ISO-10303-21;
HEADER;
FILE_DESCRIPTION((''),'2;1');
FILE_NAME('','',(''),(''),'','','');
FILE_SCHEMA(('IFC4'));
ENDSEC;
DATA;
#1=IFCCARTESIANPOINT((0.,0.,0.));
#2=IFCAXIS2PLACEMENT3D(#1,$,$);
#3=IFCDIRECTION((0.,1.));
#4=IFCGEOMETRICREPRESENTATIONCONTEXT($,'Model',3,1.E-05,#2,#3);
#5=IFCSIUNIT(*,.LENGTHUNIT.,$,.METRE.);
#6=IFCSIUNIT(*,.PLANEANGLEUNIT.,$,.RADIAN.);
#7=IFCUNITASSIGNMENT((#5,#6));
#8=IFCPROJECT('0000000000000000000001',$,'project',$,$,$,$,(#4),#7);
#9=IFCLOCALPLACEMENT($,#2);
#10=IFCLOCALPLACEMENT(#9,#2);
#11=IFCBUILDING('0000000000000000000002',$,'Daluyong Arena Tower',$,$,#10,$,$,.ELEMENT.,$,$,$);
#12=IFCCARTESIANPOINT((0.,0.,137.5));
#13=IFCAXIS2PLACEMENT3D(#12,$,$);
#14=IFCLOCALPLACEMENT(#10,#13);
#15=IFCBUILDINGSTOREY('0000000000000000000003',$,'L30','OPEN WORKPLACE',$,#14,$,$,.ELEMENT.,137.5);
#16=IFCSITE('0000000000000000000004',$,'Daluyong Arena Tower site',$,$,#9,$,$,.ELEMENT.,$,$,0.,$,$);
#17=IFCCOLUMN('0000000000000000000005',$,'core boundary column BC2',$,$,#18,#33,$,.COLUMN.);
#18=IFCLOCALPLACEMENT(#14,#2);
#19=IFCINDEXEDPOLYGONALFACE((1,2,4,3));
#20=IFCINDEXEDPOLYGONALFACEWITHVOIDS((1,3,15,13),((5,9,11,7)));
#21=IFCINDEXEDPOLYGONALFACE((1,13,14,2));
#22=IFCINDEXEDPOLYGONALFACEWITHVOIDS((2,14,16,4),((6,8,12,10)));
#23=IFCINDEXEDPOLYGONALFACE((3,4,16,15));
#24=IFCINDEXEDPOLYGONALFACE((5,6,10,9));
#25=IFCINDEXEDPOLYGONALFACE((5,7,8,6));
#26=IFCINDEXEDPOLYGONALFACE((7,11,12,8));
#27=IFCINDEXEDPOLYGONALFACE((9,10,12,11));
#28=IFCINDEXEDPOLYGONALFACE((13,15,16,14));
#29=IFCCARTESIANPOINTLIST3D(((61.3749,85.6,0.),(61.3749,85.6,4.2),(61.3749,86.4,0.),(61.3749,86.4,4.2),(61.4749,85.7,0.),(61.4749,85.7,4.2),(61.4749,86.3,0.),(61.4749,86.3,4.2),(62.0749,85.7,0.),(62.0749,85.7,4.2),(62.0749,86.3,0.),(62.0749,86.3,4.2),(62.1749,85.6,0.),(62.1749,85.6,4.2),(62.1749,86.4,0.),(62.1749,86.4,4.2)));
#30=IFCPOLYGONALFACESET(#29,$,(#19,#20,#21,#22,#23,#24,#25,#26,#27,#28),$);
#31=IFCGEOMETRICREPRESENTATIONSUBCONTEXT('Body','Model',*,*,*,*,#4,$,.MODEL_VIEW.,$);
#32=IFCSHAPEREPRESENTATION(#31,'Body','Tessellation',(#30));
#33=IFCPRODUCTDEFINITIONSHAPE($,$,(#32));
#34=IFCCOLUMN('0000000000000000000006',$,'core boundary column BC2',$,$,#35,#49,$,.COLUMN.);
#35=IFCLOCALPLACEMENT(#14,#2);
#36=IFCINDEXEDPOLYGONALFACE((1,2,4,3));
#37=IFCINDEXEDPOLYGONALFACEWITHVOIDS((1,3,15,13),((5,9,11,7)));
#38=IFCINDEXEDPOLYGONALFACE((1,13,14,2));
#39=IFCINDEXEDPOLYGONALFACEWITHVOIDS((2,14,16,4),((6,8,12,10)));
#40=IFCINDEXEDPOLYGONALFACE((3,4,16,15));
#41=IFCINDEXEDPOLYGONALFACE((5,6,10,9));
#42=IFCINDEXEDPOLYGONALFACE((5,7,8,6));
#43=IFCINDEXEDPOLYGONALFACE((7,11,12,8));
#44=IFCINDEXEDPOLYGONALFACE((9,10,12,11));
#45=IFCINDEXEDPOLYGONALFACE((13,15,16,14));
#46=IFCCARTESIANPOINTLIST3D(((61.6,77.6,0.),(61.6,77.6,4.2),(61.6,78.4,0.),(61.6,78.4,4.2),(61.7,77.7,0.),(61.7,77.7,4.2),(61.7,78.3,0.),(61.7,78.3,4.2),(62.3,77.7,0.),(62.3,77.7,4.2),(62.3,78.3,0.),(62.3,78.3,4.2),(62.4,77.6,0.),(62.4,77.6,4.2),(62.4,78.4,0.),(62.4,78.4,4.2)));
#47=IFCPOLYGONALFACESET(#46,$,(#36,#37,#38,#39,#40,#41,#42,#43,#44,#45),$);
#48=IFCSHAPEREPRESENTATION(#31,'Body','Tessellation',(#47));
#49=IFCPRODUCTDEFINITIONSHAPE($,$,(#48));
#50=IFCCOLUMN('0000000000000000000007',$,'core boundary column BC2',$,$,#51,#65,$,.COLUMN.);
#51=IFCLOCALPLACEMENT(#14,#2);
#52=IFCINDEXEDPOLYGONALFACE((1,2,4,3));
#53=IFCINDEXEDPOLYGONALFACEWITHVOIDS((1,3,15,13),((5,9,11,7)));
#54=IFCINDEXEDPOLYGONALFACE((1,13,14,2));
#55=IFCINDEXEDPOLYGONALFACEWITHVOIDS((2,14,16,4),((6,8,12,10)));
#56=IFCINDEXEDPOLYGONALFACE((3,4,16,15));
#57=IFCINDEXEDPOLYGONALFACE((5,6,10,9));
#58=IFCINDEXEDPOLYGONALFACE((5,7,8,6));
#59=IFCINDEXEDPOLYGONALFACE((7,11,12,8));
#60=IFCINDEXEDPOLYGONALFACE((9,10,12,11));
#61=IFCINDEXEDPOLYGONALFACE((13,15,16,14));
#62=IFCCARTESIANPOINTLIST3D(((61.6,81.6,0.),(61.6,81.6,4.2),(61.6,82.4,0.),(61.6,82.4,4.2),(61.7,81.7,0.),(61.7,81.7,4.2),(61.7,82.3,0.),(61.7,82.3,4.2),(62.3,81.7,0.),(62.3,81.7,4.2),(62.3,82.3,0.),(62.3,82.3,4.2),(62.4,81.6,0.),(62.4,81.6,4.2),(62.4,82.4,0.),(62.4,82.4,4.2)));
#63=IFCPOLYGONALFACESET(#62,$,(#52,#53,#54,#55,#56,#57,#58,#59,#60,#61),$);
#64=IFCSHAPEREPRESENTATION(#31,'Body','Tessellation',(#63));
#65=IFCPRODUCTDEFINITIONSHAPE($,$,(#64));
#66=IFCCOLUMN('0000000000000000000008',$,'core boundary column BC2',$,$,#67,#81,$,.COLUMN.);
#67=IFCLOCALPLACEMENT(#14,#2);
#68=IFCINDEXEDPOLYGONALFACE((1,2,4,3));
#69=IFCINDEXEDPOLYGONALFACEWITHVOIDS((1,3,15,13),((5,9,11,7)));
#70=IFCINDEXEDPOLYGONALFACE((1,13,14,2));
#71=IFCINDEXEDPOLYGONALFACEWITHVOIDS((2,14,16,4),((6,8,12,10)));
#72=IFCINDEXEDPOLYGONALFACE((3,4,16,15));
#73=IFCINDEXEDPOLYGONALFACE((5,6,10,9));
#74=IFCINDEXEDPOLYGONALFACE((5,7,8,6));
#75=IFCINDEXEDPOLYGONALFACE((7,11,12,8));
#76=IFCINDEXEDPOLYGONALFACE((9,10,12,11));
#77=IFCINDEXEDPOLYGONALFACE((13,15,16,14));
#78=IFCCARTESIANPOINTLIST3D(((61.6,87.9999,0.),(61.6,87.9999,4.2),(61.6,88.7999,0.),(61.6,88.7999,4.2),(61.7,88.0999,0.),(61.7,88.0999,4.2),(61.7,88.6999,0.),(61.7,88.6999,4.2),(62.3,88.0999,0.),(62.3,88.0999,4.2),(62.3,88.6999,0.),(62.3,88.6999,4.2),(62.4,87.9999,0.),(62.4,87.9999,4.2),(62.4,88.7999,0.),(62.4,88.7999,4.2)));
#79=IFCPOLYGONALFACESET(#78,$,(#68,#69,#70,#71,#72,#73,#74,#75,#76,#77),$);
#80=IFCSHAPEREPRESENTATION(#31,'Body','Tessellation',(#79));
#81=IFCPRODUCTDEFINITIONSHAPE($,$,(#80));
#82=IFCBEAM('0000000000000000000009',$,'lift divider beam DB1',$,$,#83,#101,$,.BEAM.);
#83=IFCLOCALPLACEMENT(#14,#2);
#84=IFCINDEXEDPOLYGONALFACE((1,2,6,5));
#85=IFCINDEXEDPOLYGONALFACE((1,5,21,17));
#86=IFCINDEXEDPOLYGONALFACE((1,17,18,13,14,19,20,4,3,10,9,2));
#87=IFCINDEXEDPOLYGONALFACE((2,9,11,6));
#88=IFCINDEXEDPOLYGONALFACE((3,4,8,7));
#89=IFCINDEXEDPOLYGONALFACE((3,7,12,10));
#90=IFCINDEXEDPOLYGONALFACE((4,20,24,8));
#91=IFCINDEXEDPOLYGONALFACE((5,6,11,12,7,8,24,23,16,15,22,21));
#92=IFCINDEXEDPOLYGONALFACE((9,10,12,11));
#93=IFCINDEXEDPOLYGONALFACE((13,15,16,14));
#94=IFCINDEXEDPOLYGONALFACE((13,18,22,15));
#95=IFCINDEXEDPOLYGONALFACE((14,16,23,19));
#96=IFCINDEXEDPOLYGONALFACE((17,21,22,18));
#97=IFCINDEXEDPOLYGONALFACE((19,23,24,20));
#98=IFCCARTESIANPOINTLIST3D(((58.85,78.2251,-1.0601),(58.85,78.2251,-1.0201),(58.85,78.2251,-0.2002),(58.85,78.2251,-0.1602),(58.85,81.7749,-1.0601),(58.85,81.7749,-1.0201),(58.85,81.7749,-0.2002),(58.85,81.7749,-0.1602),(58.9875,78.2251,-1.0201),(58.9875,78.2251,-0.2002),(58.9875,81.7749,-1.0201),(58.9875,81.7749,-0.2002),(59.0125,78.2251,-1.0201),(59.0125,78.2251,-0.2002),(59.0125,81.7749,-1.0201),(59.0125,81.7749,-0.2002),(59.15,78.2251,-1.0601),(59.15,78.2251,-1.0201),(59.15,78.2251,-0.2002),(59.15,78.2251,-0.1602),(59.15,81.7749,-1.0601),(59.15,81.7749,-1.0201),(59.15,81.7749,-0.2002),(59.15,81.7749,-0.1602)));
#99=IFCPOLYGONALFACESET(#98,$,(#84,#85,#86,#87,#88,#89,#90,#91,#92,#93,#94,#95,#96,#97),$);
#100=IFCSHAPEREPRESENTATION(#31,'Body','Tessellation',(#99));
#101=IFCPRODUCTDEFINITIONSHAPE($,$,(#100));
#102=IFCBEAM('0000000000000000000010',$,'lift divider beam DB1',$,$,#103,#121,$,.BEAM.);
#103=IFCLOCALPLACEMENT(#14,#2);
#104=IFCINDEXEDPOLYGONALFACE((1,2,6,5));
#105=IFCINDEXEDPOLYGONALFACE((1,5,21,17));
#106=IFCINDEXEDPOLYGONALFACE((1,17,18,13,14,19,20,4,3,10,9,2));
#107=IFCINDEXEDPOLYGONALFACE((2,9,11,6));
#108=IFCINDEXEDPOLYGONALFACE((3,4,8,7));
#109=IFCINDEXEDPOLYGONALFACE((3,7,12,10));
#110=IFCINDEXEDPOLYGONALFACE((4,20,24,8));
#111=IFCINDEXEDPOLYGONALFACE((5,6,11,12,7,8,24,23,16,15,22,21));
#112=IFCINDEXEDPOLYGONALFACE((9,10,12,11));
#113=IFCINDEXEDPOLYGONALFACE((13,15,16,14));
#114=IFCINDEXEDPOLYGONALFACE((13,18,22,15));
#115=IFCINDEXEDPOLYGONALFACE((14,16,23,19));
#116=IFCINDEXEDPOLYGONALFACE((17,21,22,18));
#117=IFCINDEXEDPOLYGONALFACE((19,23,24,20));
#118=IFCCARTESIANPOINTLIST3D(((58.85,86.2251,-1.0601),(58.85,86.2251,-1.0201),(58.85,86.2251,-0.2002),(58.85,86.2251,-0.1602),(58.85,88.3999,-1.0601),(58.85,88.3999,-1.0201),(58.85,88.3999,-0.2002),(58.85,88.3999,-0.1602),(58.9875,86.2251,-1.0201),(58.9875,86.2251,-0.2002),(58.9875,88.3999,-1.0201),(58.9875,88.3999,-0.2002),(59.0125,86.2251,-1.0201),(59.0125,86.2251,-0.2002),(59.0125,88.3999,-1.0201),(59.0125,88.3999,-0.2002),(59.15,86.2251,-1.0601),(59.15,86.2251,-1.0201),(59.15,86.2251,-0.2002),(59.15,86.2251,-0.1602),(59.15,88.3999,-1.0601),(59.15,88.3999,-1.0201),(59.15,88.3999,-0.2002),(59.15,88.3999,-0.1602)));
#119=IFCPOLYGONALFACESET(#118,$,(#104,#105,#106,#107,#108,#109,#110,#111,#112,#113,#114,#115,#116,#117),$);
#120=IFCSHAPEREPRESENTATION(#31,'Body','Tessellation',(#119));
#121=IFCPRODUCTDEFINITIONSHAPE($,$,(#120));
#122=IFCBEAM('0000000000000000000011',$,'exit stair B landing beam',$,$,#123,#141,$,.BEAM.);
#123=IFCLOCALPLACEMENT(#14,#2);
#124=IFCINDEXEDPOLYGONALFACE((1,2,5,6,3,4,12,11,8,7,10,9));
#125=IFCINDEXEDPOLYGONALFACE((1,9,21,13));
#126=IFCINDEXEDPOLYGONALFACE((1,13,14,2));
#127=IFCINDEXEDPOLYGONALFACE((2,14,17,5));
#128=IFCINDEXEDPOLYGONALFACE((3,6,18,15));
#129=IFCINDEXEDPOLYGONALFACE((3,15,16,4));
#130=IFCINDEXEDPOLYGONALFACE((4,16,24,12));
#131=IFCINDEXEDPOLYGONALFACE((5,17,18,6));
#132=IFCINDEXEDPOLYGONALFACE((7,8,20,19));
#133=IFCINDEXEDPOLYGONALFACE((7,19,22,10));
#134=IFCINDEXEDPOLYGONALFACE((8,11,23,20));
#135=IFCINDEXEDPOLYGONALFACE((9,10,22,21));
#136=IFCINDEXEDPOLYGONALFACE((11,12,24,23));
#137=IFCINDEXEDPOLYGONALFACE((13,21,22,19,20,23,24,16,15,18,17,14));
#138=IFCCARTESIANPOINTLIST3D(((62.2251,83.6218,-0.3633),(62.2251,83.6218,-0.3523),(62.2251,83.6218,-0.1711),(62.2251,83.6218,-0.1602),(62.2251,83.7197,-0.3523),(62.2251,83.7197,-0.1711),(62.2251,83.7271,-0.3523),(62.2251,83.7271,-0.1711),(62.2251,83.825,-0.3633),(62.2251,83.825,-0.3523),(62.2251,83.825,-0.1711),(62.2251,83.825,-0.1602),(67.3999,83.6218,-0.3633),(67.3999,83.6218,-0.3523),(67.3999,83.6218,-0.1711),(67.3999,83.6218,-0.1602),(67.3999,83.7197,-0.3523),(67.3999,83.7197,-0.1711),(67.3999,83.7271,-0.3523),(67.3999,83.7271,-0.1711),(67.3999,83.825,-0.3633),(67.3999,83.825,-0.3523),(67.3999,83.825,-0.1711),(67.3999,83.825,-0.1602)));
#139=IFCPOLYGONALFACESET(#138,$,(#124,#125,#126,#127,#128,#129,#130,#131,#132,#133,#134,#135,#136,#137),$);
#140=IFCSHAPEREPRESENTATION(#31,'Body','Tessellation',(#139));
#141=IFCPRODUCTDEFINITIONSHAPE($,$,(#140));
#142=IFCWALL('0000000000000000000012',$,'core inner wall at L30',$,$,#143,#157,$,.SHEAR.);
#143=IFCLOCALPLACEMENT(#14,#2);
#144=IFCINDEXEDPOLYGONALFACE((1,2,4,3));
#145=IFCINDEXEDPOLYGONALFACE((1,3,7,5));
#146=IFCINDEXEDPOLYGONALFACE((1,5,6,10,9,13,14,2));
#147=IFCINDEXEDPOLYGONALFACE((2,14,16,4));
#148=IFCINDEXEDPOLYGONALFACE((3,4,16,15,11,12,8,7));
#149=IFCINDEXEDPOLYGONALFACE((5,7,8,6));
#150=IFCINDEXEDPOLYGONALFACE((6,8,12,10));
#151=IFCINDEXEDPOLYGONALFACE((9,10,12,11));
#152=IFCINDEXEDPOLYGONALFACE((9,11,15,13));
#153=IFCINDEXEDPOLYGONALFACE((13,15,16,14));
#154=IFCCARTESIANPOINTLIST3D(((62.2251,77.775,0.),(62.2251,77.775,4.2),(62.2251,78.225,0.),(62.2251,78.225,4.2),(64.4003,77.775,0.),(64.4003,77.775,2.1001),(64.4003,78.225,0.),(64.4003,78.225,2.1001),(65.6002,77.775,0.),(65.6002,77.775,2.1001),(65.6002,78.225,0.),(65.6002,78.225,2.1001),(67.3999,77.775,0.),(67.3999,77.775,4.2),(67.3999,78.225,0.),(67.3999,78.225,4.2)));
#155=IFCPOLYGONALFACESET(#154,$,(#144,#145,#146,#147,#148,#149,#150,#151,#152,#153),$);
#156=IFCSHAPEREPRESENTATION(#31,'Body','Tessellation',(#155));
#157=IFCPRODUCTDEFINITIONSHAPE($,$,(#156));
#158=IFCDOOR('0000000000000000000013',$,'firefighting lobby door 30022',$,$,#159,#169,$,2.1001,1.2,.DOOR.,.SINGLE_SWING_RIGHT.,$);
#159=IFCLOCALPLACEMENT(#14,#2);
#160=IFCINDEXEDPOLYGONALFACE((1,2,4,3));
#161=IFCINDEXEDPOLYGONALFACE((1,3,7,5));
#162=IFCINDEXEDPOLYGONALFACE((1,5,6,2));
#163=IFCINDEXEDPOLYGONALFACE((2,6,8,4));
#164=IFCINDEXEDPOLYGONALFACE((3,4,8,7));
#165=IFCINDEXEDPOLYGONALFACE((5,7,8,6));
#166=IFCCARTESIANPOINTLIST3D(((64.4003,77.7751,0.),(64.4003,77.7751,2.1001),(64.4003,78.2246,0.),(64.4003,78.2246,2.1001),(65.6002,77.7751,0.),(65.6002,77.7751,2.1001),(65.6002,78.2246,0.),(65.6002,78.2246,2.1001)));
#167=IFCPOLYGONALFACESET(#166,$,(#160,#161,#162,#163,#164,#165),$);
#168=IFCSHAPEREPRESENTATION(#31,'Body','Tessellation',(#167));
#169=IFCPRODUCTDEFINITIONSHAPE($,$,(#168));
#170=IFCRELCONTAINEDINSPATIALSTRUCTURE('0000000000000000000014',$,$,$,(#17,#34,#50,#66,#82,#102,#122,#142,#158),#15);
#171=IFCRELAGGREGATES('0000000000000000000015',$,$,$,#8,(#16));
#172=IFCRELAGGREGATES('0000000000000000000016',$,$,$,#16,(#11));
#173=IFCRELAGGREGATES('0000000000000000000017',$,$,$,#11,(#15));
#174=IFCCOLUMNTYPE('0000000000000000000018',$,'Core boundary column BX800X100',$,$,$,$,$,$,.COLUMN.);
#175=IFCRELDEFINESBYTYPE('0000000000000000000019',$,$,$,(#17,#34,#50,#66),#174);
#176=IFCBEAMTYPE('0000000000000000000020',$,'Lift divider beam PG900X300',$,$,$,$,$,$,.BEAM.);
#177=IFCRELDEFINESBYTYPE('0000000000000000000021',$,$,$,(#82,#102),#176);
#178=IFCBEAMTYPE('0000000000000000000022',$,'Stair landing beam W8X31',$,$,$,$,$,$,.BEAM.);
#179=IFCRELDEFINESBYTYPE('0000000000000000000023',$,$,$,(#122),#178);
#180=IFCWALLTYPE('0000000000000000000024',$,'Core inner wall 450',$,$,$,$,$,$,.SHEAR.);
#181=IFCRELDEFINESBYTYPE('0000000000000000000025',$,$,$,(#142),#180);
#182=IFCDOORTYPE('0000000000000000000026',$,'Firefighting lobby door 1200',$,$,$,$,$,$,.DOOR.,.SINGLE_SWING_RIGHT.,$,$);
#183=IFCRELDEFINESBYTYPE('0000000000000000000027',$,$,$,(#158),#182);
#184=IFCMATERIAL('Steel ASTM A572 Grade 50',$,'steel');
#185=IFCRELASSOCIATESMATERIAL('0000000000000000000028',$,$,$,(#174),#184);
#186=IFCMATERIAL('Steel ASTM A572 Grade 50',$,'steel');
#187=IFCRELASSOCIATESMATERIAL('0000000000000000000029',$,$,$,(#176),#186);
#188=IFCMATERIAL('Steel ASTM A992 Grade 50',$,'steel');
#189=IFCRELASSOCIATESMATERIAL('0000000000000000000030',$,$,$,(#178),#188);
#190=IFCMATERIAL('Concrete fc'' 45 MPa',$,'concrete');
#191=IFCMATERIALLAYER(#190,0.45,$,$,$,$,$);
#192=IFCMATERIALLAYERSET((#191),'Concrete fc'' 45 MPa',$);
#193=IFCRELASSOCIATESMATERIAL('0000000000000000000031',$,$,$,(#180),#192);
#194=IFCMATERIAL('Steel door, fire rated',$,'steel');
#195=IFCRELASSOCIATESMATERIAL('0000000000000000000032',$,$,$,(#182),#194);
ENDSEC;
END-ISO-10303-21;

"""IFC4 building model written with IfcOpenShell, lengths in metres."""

from ifc_helpers import new_model, si_unit, direction, frame, frame_2d, origin, origin_2d, place, context, subcontext, project, spatial, rectangle, hollow_rectangle, i_section, extrude, material, layer, layer_set, material_profile, profile_set, type_object, element, fill, save


model = new_model("IFC4")

# Units and contexts
model_context = context("Model", 3, precision=1e-05, world=origin(), true_north=direction((0.0, 1.0)))
body_context = subcontext(model_context, "Body", "Model", "MODEL_VIEW")
ifc_project = project(units=[si_unit("LENGTHUNIT", "METRE"), si_unit("PLANEANGLEUNIT", "RADIAN")], contexts=[model_context])

# Site, building, storey
site_placement = place(None, origin())
site = spatial("IfcSite", under=ifc_project, at=site_placement, Name="Daluyong Arena Tower site", CompositionType="ELEMENT", RefElevation=0.0)
building_placement = place(site_placement, origin())
building = spatial("IfcBuilding", under=site, at=building_placement, Name="Daluyong Arena Tower", CompositionType="ELEMENT")
storey_placement = place(building_placement, frame((0.0, 0.0, 137.5)))
storey = spatial("IfcBuildingStorey", under=building, at=storey_placement, Name="L30", Description="OPEN WORKPLACE", CompositionType="ELEMENT", Elevation=137.5)

# Columns
ifc_material_1 = material(Name="Steel ASTM A572 Grade 50", Category="steel")
ifc_material_profile_1 = material_profile(ifc_material_1, hollow_rectangle(XDim=0.8, YDim=0.8, WallThickness=0.1, at=origin_2d()))
ifc_profile_set_1 = profile_set([ifc_material_profile_1], Name="Steel ASTM A572 Grade 50")
column_type = type_object("IfcColumnType", Name="Core boundary column BX800X100", PredefinedType="COLUMN", material=ifc_profile_set_1)
for number, where, z_axis, x_axis, name in (
    (1, (61.7749, 86.0, 0.0), (0.0, 0.0, 1.0), (1.0, 0.0, 0.0), "core boundary column BC2"),
    (2, (62.0, 78.0, 0.0), (0.0, 0.0, 1.0), (1.0, 0.0, 0.0), "core boundary column BC2"),
    (3, (62.0, 82.0, 0.0), (0.0, 0.0, 1.0), (1.0, 0.0, 0.0), "core boundary column BC2"),
    (4, (62.0, 88.3999, 0.0), (0.0, 0.0, 1.0), (1.0, 0.0, 0.0), "core boundary column BC2"),
):
    element("IfcColumn", number, at=place(storey_placement, frame(where, z_axis=z_axis, x_axis=x_axis)), inside=storey, type_object=column_type, Name=name, PredefinedType="COLUMN", context=body_context, shape_type="SweptSolid", body=[
        extrude(hollow_rectangle(XDim=0.8, YDim=0.8, WallThickness=0.1, at=origin_2d()), origin(), (0.0, 0.0, 1.0), 4.2),
    ])

# Beams
ifc_material_2 = material(Name="Steel ASTM A572 Grade 50", Category="steel")
ifc_material_profile_2 = material_profile(ifc_material_2, i_section(OverallWidth=0.3, OverallDepth=0.8999, WebThickness=0.025, FlangeThickness=0.04, at=origin_2d()))
ifc_profile_set_2 = profile_set([ifc_material_profile_2], Name="Steel ASTM A572 Grade 50")
beam_type_1 = type_object("IfcBeamType", Name="Lift divider beam PG900X300", PredefinedType="BEAM", material=ifc_profile_set_2)
beam_1_placement = place(storey_placement, frame((59.0, 78.2251, -0.6101), z_axis=(0.0, 1.0, 0.0), x_axis=(-1.0, 0.0, 0.0)))
element("IfcBeam", 5, at=beam_1_placement, inside=storey, type_object=beam_type_1, Name="lift divider beam DB1", PredefinedType="BEAM", context=body_context, shape_type="SweptSolid", body=[
    extrude(i_section(OverallWidth=0.3, OverallDepth=0.8999, WebThickness=0.025, FlangeThickness=0.04, at=origin_2d()), origin(), (0.0, 0.0, 1.0), 3.5498),
])
beam_2_placement = place(storey_placement, frame((59.0, 86.2251, -0.6101), z_axis=(0.0, 1.0, 0.0), x_axis=(-1.0, 0.0, 0.0)))
element("IfcBeam", 6, at=beam_2_placement, inside=storey, type_object=beam_type_1, Name="lift divider beam DB1", PredefinedType="BEAM", context=body_context, shape_type="SweptSolid", body=[
    extrude(i_section(OverallWidth=0.3, OverallDepth=0.8999, WebThickness=0.025, FlangeThickness=0.04, at=origin_2d()), origin(), (0.0, 0.0, 1.0), 2.1748),
])
ifc_material_3 = material(Name="Steel ASTM A992 Grade 50", Category="steel")
ifc_material_profile_3 = material_profile(ifc_material_3, i_section(OverallWidth=0.2031, OverallDepth=0.2031, WebThickness=0.0073, FlangeThickness=0.011, at=origin_2d()))
ifc_profile_set_3 = profile_set([ifc_material_profile_3], Name="Steel ASTM A992 Grade 50")
beam_type_2 = type_object("IfcBeamType", Name="Stair landing beam W8X31", PredefinedType="BEAM", material=ifc_profile_set_3)
beam_3_placement = place(storey_placement, frame((62.2251, 83.7234, -0.2617), z_axis=(1.0, 0.0, 0.0), x_axis=(0.0, 1.0, 0.0)))
element("IfcBeam", 7, at=beam_3_placement, inside=storey, type_object=beam_type_2, Name="exit stair B landing beam", PredefinedType="BEAM", context=body_context, shape_type="SweptSolid", body=[
    extrude(i_section(OverallWidth=0.2031, OverallDepth=0.2031, WebThickness=0.0073, FlangeThickness=0.011, at=origin_2d()), origin(), (0.0, 0.0, 1.0), 5.1748),
])

# Wall, opening, door
ifc_material_4 = material(Name="Concrete fc' 45 MPa", Category="concrete")
ifc_layer_1 = layer(ifc_material_4, 0.45)
ifc_layer_set_1 = layer_set([ifc_layer_1], Name="Concrete fc' 45 MPa")
wall_type_1 = type_object("IfcWallType", Name="Core inner wall 450", PredefinedType="SHEAR", material=ifc_layer_set_1)
wall_1_placement = place(storey_placement, frame((62.2251, 78.0, 0.0), z_axis=(0.0, 0.0, 1.0), x_axis=(1.0, 0.0, 0.0)))
wall_1 = element("IfcWall", 8, at=wall_1_placement, inside=storey, type_object=wall_type_1, Name="core inner wall at L30", PredefinedType="SHEAR", context=body_context, shape_type="SweptSolid", body=[
    extrude(rectangle(XDim=5.1748, YDim=0.45, at=frame_2d((2.5874, 0.0))), origin(), (0.0, 0.0, 1.0), 4.2),
])
opening_1_placement = place(wall_1_placement, frame((2.175, 0.0, 0.0)))
opening_1 = element("IfcOpeningElement", 9, at=opening_1_placement, cuts=wall_1, PredefinedType="OPENING", context=body_context, shape_type="SweptSolid", body=[
    extrude(rectangle(XDim=1.2, YDim=2.1001, at=frame_2d((0.6001, 1.05))), frame((0.0, 0.2349, 0.0), z_axis=(0.0, -1.0, 0.0), x_axis=(1.0, 0.0, 0.0)), (0.0, 0.0, 1.0), 0.47),
])
ifc_material_5 = material(Name="Steel door, fire rated", Category="steel")
door_type_1 = type_object("IfcDoorType", Name="Firefighting lobby door 1200", OperationType="SINGLE_SWING_RIGHT", PredefinedType="DOOR", material=ifc_material_5)
door_1_placement = place(opening_1_placement, origin())
door_1 = element("IfcDoor", 10, at=door_1_placement, inside=storey, type_object=door_type_1, Name="firefighting lobby door 30022", OperationType="SINGLE_SWING_RIGHT", OverallHeight=2.1001, OverallWidth=1.2, PredefinedType="DOOR", context=body_context, shape_type="SweptSolid", body=[
    extrude(rectangle(XDim=1.2, YDim=2.1001, at=frame_2d((0.6001, 1.05))), frame((0.0, 0.2246, 0.0), z_axis=(0.0, -1.0, 0.0), x_axis=(1.0, 0.0, 0.0)), (0.0, 0.0, 1.0), 0.4495),
])
fill(opening_1, door_1)

save(model, "model.ifc")
